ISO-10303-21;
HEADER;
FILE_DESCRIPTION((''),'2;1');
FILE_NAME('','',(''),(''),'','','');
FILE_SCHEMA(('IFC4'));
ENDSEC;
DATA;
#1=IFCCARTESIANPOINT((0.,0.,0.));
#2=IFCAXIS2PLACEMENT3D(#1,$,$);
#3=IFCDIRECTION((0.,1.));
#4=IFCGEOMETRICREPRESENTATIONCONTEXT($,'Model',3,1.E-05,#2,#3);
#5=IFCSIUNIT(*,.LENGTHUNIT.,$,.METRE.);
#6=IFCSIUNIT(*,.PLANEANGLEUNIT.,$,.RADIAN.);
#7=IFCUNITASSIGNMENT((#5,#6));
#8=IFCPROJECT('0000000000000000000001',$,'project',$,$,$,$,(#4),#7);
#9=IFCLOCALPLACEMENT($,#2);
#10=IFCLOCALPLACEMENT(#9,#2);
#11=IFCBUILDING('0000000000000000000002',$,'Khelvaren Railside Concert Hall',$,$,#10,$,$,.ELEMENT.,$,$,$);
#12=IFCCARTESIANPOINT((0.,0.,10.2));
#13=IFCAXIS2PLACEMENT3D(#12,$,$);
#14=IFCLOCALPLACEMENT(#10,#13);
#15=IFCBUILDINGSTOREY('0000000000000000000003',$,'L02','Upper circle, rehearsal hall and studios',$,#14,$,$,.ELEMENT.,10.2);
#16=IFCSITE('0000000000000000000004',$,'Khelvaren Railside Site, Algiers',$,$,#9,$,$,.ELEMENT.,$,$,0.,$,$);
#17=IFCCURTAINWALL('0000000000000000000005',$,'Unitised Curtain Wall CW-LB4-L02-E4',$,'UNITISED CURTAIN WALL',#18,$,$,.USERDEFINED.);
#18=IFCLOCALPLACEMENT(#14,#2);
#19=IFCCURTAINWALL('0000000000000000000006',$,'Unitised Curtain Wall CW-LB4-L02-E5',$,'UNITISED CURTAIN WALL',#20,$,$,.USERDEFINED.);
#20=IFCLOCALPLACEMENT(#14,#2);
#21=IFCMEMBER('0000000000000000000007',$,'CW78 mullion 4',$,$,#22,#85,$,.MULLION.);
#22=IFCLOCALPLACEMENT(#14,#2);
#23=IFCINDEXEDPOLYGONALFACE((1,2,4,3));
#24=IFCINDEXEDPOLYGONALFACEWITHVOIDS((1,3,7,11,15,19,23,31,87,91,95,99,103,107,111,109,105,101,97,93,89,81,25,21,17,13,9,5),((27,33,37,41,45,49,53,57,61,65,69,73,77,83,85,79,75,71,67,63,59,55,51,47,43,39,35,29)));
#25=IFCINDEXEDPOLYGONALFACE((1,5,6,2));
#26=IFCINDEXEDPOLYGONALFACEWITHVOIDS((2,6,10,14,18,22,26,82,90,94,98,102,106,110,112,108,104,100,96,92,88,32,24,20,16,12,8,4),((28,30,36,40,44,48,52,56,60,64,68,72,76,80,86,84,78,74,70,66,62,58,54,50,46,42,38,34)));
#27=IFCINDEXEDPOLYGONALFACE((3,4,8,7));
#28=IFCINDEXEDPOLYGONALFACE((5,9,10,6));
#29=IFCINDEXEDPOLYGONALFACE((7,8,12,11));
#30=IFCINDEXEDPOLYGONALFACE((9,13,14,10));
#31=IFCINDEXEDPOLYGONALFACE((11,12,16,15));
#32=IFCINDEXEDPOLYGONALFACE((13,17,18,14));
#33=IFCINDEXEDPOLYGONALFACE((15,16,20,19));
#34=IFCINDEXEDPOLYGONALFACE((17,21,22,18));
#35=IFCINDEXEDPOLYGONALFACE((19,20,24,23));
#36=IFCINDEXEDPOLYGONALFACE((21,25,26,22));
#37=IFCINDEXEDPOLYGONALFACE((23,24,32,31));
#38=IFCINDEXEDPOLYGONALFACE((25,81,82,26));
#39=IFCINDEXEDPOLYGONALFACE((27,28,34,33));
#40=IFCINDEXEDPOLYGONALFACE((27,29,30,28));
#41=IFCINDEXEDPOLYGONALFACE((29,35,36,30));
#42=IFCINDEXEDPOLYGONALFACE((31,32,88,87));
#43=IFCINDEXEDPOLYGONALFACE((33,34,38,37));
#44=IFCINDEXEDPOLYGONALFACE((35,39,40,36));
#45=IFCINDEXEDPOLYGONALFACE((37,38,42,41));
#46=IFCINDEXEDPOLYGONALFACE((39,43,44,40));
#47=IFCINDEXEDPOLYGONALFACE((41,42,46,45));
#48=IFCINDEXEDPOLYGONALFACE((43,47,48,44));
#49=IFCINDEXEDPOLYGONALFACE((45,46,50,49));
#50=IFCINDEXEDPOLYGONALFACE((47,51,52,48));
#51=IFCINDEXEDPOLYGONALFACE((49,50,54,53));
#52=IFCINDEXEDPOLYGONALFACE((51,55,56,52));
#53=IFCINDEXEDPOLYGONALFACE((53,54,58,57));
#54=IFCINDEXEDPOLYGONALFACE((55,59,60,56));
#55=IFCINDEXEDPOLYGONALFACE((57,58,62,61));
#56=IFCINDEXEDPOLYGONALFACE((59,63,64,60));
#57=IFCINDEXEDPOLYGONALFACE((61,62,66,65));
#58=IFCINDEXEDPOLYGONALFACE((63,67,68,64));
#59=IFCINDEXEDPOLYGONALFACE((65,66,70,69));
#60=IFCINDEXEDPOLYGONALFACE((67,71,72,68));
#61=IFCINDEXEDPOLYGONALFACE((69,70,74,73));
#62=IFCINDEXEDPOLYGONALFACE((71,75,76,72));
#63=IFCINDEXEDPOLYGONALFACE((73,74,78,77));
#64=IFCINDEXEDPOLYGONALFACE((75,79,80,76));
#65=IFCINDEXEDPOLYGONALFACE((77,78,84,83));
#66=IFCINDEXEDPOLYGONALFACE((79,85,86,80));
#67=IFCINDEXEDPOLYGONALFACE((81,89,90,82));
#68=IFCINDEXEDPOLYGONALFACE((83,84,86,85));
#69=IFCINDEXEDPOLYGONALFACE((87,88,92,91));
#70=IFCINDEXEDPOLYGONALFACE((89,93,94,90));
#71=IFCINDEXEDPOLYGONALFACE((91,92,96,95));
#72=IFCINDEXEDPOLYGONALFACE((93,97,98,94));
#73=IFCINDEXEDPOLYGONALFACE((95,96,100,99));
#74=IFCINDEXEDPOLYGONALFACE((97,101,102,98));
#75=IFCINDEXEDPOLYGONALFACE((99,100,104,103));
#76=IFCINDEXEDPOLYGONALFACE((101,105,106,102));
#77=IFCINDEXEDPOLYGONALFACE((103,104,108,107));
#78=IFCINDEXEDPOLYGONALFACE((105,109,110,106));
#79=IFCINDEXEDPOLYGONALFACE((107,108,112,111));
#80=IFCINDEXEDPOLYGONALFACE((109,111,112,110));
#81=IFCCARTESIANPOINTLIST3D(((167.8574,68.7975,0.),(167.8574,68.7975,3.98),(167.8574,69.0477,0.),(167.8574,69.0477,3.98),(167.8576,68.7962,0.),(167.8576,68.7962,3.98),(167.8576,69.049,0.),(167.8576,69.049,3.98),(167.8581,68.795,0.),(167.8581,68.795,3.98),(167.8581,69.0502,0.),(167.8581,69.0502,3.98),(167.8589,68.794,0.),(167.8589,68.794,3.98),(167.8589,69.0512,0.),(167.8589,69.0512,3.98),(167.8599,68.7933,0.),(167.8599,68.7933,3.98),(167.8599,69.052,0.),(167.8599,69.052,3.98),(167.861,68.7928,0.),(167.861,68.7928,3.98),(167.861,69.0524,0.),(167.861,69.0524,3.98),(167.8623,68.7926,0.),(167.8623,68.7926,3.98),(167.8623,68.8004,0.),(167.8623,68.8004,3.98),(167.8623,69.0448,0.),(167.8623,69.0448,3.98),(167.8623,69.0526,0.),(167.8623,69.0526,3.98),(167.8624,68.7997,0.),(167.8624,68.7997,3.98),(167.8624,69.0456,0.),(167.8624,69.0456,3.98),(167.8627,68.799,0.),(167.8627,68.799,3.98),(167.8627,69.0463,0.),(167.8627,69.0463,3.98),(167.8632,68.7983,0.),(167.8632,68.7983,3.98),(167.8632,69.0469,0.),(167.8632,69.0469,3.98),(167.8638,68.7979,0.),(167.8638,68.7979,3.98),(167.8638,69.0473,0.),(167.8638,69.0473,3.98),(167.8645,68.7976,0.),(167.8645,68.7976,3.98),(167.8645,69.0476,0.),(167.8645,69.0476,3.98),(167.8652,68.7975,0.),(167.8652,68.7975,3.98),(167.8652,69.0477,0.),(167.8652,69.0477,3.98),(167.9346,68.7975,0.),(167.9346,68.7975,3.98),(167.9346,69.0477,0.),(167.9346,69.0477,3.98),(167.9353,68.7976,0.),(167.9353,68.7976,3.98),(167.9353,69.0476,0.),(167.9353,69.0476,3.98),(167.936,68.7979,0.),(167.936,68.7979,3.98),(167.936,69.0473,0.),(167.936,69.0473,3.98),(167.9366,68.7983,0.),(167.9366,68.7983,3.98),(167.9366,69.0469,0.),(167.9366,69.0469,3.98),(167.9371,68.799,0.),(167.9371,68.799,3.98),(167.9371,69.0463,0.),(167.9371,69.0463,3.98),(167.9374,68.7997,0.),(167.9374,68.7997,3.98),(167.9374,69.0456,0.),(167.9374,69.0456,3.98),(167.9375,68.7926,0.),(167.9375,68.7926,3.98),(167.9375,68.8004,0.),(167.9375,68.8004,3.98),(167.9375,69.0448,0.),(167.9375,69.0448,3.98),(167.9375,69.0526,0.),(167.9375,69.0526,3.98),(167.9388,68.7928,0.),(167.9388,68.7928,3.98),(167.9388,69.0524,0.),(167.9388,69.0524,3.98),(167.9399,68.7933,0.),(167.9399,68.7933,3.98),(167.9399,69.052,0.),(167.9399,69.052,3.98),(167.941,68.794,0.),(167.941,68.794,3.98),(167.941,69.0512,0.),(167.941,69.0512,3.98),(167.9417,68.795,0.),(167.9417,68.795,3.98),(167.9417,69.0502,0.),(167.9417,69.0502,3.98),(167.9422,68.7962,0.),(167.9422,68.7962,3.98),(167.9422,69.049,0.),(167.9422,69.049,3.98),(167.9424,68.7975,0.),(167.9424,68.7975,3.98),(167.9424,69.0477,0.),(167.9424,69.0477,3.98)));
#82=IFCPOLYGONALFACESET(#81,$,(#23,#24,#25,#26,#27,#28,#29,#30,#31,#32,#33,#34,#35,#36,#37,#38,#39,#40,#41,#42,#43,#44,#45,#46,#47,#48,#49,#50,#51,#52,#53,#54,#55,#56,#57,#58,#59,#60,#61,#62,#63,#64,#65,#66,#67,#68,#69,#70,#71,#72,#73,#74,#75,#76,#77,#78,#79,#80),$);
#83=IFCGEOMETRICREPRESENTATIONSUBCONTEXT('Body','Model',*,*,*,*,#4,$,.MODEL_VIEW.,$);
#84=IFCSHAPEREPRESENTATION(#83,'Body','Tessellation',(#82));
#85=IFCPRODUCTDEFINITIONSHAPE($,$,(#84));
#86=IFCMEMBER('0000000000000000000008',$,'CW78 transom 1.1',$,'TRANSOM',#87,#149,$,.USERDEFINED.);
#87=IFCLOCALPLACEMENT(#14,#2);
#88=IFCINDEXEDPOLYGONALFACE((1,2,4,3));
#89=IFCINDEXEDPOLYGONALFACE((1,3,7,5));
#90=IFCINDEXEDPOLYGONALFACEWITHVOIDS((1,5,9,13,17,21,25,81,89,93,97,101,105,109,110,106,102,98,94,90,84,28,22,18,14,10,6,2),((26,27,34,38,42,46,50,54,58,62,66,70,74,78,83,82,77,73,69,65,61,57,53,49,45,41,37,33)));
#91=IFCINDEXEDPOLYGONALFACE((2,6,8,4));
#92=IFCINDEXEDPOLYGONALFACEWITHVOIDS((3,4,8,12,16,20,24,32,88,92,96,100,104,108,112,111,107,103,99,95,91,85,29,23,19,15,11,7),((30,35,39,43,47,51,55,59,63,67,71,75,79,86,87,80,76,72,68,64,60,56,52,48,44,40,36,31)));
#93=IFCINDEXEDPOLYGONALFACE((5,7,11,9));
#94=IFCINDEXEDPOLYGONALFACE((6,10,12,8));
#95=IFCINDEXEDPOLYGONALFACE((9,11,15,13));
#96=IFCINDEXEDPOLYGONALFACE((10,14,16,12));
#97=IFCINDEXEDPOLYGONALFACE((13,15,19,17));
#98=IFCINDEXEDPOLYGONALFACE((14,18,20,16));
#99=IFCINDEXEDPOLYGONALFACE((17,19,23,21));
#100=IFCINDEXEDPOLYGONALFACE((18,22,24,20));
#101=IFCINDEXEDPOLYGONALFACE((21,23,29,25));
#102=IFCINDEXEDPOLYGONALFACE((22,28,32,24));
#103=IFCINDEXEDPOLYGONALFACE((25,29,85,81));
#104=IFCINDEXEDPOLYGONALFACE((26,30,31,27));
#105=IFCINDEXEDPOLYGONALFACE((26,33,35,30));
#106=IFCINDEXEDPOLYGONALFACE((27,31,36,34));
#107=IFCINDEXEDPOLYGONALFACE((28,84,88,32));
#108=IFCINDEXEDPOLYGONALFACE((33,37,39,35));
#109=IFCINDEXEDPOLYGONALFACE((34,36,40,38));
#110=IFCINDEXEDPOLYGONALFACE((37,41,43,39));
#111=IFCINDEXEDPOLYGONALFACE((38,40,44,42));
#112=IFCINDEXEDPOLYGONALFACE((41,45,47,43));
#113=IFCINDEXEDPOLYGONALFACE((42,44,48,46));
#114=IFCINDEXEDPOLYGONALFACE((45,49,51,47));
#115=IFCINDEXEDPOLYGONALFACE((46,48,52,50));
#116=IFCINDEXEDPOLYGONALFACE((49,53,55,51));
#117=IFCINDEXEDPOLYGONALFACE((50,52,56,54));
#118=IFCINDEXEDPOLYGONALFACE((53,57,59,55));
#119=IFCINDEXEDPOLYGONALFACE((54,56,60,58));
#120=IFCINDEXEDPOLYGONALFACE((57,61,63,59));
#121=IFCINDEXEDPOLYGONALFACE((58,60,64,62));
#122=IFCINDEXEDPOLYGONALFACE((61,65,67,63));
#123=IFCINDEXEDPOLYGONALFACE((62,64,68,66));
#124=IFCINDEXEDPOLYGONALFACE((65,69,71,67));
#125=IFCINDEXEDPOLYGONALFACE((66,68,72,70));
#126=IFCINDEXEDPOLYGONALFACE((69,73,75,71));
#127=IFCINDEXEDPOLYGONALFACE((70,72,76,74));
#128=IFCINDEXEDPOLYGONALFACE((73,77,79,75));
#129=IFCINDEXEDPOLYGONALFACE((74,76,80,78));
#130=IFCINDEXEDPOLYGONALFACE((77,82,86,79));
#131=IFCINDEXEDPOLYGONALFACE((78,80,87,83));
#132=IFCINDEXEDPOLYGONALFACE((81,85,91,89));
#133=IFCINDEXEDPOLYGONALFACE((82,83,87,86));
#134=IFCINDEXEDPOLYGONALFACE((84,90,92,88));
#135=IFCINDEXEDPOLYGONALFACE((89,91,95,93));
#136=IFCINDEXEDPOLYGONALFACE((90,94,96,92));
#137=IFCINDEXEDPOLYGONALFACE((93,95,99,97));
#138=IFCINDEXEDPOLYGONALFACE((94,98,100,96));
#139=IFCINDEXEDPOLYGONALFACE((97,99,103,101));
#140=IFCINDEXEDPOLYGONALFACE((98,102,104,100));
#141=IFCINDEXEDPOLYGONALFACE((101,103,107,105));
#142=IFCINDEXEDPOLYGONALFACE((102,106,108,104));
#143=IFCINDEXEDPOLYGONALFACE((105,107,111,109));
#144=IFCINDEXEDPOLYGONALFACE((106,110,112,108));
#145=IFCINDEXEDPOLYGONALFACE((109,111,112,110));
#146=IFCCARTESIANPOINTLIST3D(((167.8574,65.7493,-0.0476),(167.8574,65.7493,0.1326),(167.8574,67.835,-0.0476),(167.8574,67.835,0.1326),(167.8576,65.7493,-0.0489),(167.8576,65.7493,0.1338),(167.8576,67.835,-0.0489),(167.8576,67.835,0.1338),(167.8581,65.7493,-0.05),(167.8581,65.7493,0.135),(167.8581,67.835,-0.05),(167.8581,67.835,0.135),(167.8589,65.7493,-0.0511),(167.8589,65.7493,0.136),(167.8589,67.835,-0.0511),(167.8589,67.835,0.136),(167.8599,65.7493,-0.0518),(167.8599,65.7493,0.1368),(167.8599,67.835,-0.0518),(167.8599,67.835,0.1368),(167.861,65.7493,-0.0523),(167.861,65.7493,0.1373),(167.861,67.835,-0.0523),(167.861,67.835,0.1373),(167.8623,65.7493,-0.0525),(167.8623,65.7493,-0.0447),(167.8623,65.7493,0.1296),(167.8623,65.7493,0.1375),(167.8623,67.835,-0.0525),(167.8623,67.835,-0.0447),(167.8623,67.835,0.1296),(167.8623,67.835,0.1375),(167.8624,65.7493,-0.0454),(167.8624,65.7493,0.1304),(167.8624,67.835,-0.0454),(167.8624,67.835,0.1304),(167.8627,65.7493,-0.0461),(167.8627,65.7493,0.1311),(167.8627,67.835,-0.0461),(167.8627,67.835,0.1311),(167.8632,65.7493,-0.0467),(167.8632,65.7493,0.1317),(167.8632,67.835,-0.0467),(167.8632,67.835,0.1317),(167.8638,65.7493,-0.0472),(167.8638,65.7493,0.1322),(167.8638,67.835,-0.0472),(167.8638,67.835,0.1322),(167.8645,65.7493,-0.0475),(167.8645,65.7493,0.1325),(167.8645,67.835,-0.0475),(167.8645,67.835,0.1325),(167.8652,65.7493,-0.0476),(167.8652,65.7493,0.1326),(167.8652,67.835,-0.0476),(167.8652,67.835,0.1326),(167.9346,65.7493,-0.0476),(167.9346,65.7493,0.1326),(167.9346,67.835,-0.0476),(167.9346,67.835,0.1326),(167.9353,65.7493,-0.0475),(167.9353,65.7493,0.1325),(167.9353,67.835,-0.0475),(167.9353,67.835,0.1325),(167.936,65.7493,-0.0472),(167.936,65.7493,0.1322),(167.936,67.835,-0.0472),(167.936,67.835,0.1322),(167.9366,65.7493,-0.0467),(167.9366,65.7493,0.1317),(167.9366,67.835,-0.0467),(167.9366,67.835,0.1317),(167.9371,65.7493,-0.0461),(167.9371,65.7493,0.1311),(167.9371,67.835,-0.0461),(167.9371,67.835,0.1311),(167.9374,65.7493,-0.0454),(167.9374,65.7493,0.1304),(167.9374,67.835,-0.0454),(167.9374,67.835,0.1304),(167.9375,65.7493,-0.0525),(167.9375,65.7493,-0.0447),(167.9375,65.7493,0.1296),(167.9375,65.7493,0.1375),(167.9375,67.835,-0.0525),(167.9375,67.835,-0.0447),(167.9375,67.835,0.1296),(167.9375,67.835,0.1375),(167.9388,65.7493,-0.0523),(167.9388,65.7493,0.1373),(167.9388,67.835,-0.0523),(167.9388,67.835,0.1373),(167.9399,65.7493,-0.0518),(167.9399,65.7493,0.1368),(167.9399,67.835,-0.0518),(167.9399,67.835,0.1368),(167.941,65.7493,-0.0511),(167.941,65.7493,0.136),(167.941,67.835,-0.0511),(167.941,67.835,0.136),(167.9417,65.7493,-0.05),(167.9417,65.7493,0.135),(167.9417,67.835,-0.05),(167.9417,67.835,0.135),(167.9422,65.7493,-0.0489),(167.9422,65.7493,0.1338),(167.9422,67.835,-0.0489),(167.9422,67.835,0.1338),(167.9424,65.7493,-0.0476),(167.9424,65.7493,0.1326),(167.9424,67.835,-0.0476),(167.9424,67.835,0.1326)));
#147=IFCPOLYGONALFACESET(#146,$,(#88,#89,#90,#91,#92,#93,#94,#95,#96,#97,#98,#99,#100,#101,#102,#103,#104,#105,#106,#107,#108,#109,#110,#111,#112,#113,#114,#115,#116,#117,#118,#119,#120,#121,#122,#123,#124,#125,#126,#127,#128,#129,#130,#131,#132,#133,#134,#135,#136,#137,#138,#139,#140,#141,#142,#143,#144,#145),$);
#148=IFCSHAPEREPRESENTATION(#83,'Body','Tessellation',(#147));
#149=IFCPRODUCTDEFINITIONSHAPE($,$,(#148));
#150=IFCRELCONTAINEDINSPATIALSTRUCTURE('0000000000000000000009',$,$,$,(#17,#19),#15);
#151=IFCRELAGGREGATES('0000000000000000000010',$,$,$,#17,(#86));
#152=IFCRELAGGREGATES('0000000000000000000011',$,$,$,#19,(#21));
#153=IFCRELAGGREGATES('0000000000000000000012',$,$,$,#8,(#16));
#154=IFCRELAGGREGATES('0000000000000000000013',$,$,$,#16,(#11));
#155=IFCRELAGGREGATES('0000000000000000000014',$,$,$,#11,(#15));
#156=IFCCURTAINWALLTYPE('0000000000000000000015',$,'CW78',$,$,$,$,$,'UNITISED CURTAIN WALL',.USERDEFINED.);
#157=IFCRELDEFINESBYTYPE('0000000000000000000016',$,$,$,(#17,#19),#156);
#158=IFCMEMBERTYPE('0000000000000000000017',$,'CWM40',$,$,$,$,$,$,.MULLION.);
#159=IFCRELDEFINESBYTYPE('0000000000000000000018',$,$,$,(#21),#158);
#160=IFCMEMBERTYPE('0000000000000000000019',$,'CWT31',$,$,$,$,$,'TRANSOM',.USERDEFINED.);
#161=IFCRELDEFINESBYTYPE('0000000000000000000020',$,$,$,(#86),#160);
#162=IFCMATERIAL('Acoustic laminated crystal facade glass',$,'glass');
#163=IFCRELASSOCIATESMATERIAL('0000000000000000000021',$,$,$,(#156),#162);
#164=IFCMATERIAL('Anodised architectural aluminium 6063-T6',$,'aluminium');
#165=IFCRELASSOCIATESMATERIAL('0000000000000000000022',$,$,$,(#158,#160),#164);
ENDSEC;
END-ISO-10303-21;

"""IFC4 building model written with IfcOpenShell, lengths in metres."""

from ifc_helpers import new_model, si_unit, direction, frame, origin, origin_2d, place, context, subcontext, project, spatial, hollow_rectangle, extrude, material, material_profile, profile_set, type_object, element, aggregate, save


model = new_model("IFC4")

# Units and contexts
model_context = context("Model", 3, precision=1e-05, world=origin(), true_north=direction((0.0, 1.0)))
body_context = subcontext(model_context, "Body", "Model", "MODEL_VIEW")
ifc_project = project(units=[si_unit("LENGTHUNIT", "METRE"), si_unit("PLANEANGLEUNIT", "RADIAN")], contexts=[model_context])

# Site, building, storey
site_placement = place(None, origin())
site = spatial("IfcSite", under=ifc_project, at=site_placement, Name="Khelvaren Railside Site, Algiers", CompositionType="ELEMENT", RefElevation=0.0)
building_placement = place(site_placement, origin())
building = spatial("IfcBuilding", under=site, at=building_placement, Name="Khelvaren Railside Concert Hall", CompositionType="ELEMENT")
storey_placement = place(building_placement, frame((0.0, 0.0, 10.2)))
storey = spatial("IfcBuildingStorey", under=building, at=storey_placement, Name="L02", Description="Upper circle, rehearsal hall and studios", CompositionType="ELEMENT", Elevation=10.2)

# Curtain wall
ifc_material_1 = material(Name="Acoustic laminated crystal facade glass", Category="glass")
curtain_wall_type = type_object("IfcCurtainWallType", Name="CW78", ElementType="UNITISED CURTAIN WALL", PredefinedType="USERDEFINED", material=ifc_material_1)
curtain_wall_1_placement = place(storey_placement, origin())
curtain_wall_1 = element("IfcCurtainWall", 1, at=curtain_wall_1_placement, inside=storey, type_object=curtain_wall_type, Name="Unitised Curtain Wall CW-LB4-L02-E4", ObjectType="UNITISED CURTAIN WALL", PredefinedType="USERDEFINED")
ifc_material_2 = material(Name="Anodised architectural aluminium 6063-T6", Category="aluminium")
ifc_material_profile_1 = material_profile(ifc_material_2, hollow_rectangle(XDim=0.085, YDim=0.26, WallThickness=0.0049, InnerFilletRadius=0.0029, OuterFilletRadius=0.0049, at=origin_2d()), Name="CWM 85x260x5")
ifc_profile_set_1 = profile_set([ifc_material_profile_1], Name="Anodised architectural aluminium 6063-T6")
member_type_1 = type_object("IfcMemberType", Name="CWM40", PredefinedType="MULLION", material=ifc_profile_set_1)

# Curtain wall, member
curtain_wall_2_placement = place(storey_placement, origin())
curtain_wall_2 = element("IfcCurtainWall", 2, at=curtain_wall_2_placement, inside=storey, type_object=curtain_wall_type, Name="Unitised Curtain Wall CW-LB4-L02-E5", ObjectType="UNITISED CURTAIN WALL", PredefinedType="USERDEFINED")
member_1_placement = place(storey_placement, frame((167.8999, 68.9226, 0.0), z_axis=(0.0, 0.0, 1.0), x_axis=(1.0, 0.0, 0.0)))
member_1 = element("IfcMember", 3, at=member_1_placement, type_object=member_type_1, Name="CW78 mullion 4", PredefinedType="MULLION", context=body_context, shape_type="SweptSolid", body=[
    extrude(hollow_rectangle(XDim=0.085, YDim=0.26, WallThickness=0.0049, InnerFilletRadius=0.0029, OuterFilletRadius=0.0049, at=origin_2d()), origin(), (0.0, 0.0, 1.0), 3.98),
])

# Member
ifc_material_profile_2 = material_profile(ifc_material_2, hollow_rectangle(XDim=0.085, YDim=0.1899, WallThickness=0.0049, InnerFilletRadius=0.0029, OuterFilletRadius=0.0049, at=origin_2d()), Name="CWT 85x190x5")
ifc_profile_set_2 = profile_set([ifc_material_profile_2], Name="Anodised architectural aluminium 6063-T6")
member_type_2 = type_object("IfcMemberType", Name="CWT31", ElementType="TRANSOM", PredefinedType="USERDEFINED", material=ifc_profile_set_2)
member_2_placement = place(storey_placement, frame((167.8999, 67.835, 0.0425), z_axis=(0.0, -1.0, 0.0), x_axis=(1.0, 0.0, 0.0)))
member_2 = element("IfcMember", 4, at=member_2_placement, type_object=member_type_2, Name="CW78 transom 1.1", ObjectType="TRANSOM", PredefinedType="USERDEFINED", context=body_context, shape_type="SweptSolid", body=[
    extrude(hollow_rectangle(XDim=0.085, YDim=0.1899, WallThickness=0.0049, InnerFilletRadius=0.0029, OuterFilletRadius=0.0049, at=origin_2d()), origin(), (0.0, 0.0, 1.0), 2.0857),
])

aggregate(curtain_wall_1, [member_2])
aggregate(curtain_wall_2, [member_1])

save(model, "model.ifc")
